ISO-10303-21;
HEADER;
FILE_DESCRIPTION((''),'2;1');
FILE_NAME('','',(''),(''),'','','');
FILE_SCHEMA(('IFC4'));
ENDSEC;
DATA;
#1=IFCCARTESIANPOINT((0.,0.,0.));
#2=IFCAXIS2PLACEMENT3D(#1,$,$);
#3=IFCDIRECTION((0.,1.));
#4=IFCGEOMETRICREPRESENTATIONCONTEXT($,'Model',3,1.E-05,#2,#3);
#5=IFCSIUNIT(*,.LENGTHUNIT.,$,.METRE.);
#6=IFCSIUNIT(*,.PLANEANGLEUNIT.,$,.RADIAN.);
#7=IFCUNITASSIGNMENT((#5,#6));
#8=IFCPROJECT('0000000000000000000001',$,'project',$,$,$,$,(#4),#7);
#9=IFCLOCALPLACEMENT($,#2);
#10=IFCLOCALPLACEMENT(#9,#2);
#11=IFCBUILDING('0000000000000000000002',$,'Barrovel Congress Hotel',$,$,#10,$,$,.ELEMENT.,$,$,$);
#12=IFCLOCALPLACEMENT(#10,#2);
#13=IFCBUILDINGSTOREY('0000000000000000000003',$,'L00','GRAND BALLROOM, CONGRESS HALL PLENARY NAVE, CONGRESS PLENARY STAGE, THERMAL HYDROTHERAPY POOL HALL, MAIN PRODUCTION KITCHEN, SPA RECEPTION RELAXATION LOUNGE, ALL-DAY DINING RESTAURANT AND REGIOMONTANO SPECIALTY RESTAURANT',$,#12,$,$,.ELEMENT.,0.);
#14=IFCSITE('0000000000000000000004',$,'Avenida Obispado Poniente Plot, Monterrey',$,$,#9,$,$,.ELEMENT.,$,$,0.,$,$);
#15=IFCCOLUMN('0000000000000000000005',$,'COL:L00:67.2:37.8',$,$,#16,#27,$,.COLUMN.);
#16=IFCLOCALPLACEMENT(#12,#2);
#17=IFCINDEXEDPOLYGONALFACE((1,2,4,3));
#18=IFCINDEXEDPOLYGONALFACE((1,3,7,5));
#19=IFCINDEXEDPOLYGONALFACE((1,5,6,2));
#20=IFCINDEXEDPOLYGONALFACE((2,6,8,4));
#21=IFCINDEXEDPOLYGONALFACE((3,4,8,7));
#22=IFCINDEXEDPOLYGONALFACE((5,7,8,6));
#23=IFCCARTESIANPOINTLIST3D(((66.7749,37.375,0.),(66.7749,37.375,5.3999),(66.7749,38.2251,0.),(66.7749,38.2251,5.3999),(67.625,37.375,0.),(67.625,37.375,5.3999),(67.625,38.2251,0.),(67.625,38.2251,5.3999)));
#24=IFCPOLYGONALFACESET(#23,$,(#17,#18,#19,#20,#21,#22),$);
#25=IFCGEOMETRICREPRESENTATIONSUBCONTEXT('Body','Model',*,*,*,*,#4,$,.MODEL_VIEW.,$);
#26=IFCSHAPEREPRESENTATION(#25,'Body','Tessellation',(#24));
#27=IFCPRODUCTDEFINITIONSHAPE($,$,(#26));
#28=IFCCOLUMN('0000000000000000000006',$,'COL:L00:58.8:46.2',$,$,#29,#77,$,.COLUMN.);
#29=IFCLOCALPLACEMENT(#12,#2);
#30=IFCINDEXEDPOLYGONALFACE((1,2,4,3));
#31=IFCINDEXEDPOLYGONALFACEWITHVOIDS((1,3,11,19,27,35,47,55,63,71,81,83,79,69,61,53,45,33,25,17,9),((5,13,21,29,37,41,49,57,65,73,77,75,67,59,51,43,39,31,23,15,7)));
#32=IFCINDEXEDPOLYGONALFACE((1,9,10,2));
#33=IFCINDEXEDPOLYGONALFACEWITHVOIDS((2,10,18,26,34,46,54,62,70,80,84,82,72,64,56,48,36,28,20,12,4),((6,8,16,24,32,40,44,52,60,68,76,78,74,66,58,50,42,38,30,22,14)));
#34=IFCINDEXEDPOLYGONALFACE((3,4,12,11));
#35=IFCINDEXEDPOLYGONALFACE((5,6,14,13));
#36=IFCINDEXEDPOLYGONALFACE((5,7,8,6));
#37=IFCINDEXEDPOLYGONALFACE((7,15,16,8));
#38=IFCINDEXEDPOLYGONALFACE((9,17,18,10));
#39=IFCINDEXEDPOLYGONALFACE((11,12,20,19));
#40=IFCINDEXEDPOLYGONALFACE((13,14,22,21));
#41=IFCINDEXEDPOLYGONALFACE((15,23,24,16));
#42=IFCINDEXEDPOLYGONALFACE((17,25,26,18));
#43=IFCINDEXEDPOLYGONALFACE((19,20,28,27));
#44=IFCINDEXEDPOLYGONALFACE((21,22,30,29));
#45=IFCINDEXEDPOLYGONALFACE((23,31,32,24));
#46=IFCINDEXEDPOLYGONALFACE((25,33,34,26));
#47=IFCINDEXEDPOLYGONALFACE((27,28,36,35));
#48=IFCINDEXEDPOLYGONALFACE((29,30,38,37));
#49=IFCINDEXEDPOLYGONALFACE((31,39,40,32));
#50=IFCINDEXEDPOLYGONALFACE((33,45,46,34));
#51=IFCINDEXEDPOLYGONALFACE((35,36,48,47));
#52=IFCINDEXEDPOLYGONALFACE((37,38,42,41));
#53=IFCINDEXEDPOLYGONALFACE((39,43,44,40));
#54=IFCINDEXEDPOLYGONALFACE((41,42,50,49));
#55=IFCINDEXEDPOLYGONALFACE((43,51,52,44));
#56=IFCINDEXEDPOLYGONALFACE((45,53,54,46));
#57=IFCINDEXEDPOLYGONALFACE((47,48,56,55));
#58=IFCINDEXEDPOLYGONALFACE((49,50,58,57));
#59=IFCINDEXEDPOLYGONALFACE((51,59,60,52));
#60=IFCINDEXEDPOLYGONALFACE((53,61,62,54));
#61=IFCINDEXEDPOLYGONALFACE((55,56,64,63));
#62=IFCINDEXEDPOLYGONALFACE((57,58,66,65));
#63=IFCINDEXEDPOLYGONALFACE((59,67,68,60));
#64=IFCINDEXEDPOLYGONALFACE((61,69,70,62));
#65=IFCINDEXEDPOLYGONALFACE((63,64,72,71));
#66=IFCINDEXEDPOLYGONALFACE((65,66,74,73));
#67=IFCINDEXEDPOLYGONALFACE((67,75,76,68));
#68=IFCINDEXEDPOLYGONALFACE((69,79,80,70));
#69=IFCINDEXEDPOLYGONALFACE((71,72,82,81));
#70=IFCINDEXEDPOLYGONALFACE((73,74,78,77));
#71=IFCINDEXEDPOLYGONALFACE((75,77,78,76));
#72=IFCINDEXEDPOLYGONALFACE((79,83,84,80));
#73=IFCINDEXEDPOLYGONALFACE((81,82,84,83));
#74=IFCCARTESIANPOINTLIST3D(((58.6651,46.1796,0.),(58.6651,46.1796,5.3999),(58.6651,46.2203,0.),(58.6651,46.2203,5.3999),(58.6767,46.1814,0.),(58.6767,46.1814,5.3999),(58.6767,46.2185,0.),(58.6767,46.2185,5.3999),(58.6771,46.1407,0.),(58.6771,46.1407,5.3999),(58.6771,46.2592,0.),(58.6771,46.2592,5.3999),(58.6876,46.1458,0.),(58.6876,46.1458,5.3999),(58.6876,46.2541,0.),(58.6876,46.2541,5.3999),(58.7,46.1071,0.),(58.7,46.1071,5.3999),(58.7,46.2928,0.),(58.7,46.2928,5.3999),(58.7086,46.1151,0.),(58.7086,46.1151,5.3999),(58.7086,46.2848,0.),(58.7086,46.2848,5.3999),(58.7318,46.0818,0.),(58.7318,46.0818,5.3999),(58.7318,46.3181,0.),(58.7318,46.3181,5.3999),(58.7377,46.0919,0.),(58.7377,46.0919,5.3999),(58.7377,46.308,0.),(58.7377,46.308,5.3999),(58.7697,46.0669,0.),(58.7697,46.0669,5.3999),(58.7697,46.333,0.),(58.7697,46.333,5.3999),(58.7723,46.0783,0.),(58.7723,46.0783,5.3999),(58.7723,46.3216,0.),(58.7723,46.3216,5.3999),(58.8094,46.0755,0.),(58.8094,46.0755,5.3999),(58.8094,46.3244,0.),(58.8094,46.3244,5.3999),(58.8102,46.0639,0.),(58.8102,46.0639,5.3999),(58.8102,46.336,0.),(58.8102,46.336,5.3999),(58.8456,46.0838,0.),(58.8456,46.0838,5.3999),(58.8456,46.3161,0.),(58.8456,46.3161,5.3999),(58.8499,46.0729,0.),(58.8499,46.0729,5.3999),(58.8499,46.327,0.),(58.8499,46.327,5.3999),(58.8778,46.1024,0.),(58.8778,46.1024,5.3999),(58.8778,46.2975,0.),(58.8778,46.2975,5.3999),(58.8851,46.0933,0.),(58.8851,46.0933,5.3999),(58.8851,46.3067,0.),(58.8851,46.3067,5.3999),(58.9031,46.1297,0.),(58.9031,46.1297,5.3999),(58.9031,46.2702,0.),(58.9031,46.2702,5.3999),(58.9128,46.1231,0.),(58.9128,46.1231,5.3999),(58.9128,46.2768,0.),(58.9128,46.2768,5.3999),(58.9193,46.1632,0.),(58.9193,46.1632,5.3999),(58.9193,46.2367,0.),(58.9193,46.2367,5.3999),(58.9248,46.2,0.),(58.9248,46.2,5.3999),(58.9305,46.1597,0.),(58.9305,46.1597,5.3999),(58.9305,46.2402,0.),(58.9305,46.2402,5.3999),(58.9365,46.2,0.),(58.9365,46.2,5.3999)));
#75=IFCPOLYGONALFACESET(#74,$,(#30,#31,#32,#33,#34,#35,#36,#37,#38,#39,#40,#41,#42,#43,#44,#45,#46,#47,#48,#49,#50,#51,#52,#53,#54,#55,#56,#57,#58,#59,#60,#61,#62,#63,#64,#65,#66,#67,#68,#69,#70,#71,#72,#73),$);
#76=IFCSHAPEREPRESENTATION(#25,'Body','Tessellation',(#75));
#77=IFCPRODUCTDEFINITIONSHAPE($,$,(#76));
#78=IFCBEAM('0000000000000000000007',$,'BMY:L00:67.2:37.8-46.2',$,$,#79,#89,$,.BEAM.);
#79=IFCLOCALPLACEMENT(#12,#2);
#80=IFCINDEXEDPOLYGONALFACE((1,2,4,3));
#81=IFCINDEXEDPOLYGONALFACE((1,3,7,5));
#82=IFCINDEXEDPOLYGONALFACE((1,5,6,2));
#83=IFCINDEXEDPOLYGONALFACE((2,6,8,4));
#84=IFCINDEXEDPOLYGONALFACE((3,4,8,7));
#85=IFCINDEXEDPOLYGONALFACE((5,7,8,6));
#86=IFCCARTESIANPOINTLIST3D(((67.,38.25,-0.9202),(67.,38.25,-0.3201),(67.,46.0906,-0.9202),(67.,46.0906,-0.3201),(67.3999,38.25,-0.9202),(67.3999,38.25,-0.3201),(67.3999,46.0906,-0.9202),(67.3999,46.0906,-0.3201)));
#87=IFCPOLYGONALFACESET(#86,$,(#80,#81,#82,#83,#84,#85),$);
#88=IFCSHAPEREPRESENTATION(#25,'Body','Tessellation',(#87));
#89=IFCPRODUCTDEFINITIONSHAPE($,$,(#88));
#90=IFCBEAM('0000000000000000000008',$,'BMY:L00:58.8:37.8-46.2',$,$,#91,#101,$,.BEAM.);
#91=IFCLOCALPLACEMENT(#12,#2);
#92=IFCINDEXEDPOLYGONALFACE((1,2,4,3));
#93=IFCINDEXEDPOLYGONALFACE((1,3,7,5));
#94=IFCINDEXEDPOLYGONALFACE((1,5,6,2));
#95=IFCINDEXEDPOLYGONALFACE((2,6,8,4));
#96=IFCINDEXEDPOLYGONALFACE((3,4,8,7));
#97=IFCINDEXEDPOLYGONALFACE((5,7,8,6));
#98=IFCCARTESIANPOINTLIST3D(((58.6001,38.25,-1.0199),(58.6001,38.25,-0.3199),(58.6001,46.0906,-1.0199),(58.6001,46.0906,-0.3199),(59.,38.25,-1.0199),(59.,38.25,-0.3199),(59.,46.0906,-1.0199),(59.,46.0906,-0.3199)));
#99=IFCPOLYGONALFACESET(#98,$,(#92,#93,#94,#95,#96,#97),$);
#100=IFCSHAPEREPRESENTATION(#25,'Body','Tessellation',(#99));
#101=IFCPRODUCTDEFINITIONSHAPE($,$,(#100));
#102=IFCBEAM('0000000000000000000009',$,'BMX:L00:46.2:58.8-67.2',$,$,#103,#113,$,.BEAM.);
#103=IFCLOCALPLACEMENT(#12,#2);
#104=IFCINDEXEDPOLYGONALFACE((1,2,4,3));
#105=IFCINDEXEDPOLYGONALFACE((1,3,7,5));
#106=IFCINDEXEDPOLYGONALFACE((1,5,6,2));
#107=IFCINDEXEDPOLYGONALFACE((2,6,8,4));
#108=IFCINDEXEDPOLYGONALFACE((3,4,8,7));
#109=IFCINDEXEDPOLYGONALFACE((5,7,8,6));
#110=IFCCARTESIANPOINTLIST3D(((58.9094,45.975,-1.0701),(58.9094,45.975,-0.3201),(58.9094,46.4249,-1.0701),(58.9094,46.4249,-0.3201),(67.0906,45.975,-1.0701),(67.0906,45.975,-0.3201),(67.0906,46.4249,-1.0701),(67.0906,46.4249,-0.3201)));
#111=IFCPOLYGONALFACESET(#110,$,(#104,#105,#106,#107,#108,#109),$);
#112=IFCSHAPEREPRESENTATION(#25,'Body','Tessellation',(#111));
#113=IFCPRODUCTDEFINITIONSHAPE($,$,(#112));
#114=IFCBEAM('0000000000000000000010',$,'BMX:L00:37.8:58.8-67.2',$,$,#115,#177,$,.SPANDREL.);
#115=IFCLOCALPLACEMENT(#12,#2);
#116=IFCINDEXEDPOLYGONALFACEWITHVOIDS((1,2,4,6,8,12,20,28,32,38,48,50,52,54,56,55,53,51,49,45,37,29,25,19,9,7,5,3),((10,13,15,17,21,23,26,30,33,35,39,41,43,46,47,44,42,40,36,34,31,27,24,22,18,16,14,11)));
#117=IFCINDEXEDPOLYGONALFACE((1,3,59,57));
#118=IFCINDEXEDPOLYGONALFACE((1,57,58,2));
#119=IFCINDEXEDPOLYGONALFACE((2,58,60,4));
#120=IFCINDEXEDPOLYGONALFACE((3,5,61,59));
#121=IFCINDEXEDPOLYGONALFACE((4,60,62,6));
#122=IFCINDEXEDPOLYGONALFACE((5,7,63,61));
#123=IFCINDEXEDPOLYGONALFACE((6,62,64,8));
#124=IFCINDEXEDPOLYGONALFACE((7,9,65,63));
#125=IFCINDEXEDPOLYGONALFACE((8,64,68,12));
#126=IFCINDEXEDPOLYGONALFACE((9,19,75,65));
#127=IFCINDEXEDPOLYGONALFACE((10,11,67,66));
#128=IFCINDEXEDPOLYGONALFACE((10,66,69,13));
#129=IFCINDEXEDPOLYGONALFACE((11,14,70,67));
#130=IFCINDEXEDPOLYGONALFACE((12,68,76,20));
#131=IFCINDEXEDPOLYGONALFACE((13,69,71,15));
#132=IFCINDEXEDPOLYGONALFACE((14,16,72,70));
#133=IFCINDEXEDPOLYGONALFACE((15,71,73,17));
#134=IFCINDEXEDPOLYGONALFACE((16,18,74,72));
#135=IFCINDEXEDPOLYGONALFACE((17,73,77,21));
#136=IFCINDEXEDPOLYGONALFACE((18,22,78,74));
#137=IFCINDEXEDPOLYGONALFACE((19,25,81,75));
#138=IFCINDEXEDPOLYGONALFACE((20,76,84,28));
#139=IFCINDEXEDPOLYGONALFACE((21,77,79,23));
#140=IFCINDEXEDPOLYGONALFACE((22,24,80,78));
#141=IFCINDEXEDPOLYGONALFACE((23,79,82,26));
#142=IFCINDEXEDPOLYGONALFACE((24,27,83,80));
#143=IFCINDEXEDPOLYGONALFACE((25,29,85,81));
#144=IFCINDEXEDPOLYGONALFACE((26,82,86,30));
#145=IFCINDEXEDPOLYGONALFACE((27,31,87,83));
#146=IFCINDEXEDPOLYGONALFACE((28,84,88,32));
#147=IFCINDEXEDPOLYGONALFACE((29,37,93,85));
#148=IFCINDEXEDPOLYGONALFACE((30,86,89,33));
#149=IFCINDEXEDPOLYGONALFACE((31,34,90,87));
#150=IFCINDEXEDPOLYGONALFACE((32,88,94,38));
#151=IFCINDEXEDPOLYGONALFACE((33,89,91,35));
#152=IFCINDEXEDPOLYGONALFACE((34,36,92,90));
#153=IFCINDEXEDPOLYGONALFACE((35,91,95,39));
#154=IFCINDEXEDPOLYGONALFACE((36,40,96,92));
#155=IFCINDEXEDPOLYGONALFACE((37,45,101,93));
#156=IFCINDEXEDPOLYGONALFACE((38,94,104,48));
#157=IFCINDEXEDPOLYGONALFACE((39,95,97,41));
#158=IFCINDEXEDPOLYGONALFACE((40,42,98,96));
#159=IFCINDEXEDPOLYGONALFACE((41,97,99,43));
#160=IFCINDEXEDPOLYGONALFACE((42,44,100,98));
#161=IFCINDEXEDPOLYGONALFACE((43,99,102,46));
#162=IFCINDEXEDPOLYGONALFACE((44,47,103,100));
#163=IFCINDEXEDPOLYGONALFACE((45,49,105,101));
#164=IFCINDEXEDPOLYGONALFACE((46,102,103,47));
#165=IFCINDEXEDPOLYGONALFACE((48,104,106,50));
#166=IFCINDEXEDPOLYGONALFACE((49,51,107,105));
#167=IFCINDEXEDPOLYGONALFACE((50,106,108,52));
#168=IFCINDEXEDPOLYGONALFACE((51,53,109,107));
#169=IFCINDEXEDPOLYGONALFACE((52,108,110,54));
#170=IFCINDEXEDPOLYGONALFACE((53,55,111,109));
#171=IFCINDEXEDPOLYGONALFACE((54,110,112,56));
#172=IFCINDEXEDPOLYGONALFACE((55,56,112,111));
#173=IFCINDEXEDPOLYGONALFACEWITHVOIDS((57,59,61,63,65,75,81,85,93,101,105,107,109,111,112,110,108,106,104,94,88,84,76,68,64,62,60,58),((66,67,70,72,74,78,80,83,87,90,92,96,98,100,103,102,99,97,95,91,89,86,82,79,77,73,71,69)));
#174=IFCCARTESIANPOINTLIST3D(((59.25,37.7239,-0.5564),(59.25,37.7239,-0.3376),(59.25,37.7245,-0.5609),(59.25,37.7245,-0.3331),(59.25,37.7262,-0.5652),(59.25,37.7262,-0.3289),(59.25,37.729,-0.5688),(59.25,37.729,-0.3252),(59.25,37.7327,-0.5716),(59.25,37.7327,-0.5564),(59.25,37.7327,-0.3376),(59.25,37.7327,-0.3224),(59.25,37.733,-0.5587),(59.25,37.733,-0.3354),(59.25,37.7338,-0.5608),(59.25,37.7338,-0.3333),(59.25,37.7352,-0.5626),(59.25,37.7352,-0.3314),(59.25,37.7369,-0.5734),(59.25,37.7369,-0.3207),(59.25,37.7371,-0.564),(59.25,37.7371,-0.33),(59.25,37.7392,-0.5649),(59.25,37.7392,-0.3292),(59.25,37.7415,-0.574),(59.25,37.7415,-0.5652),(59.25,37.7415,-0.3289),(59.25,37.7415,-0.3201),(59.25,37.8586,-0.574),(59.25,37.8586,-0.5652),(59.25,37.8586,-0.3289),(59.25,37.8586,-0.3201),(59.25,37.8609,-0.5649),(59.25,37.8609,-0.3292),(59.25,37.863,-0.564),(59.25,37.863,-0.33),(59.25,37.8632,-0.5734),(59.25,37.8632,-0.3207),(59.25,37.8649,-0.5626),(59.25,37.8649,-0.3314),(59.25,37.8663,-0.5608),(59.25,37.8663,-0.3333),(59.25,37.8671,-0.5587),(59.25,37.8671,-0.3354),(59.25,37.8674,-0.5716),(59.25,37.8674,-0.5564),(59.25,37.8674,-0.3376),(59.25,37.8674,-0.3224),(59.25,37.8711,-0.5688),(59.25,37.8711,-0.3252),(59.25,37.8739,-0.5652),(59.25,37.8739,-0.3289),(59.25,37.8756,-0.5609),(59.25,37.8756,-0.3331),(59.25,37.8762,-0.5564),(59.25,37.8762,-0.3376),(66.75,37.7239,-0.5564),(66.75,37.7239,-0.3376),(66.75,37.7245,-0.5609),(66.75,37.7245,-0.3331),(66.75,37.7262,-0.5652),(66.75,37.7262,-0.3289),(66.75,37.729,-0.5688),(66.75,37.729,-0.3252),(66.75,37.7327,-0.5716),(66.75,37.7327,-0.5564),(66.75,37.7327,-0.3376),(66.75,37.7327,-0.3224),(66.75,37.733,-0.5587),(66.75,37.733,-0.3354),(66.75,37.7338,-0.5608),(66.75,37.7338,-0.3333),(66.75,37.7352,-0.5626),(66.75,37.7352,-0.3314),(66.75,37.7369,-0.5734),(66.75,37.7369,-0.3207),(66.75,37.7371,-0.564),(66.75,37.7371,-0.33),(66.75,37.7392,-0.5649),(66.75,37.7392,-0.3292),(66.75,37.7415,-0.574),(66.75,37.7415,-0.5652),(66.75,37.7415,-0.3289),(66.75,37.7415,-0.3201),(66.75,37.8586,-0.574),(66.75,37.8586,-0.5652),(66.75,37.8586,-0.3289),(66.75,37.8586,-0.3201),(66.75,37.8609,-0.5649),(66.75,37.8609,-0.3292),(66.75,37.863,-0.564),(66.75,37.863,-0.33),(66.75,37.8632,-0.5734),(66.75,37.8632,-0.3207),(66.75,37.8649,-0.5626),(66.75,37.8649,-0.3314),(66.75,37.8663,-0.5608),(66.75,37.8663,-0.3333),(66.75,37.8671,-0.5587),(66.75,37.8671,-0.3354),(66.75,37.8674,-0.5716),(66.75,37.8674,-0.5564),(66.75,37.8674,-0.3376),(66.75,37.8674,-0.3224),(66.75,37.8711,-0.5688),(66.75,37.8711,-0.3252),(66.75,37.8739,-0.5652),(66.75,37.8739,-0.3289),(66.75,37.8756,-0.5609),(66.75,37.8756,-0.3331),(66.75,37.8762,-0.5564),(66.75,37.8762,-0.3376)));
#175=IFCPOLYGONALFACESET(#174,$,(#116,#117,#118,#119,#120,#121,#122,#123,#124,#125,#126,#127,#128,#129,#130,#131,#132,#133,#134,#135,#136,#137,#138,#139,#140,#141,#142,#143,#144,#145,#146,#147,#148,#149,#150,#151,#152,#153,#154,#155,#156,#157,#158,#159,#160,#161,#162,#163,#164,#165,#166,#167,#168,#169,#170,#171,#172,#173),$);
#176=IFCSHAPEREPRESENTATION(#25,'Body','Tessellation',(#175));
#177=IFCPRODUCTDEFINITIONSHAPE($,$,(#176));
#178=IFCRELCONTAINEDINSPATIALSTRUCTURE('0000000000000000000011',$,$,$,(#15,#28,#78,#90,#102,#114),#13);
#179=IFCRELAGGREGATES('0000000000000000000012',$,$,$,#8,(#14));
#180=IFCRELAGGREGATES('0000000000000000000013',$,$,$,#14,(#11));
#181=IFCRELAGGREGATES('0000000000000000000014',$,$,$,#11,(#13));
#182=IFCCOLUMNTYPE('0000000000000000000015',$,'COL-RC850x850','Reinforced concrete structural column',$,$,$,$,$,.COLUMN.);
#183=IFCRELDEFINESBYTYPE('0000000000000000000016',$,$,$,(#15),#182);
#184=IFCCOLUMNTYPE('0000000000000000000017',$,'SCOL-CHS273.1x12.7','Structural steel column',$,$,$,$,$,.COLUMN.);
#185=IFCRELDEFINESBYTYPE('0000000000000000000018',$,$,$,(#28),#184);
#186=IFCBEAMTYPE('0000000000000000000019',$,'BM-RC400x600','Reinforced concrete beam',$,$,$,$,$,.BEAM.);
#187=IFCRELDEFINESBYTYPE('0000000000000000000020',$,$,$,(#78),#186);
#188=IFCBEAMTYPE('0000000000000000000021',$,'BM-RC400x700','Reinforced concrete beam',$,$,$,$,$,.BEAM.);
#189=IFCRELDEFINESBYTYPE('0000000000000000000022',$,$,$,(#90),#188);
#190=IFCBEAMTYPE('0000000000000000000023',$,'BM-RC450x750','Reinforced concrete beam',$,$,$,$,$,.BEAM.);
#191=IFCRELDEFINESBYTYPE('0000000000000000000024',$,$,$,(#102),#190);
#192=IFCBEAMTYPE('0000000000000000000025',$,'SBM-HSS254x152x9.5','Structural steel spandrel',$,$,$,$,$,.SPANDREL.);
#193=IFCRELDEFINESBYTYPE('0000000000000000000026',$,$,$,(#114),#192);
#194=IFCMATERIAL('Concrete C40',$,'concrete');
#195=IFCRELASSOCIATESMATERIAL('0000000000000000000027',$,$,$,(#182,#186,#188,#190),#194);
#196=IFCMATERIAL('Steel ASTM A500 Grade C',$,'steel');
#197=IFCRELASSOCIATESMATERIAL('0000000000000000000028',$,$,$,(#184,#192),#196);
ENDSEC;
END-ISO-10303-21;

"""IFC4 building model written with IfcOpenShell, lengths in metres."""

from ifc_helpers import new_model, si_unit, direction, frame, origin, origin_2d, place, context, subcontext, project, spatial, rectangle, hollow_rectangle, hollow_circle, extrude, material, material_profile, profile_set, type_object, element, save


model = new_model("IFC4")

# Units and contexts
model_context = context("Model", 3, precision=1e-05, world=origin(), true_north=direction((0.0, 1.0)))
body_context = subcontext(model_context, "Body", "Model", "MODEL_VIEW")
ifc_project = project(units=[si_unit("LENGTHUNIT", "METRE"), si_unit("PLANEANGLEUNIT", "RADIAN")], contexts=[model_context])

# Site, building, storey
site_placement = place(None, origin())
site = spatial("IfcSite", under=ifc_project, at=site_placement, Name="Avenida Obispado Poniente Plot, Monterrey", CompositionType="ELEMENT", RefElevation=0.0)
building_placement = place(site_placement, origin())
building = spatial("IfcBuilding", under=site, at=building_placement, Name="Barrovel Congress Hotel", CompositionType="ELEMENT")
storey_placement = place(building_placement, origin())
storey = spatial("IfcBuildingStorey", under=building, at=storey_placement, Name="L00", Description="GRAND BALLROOM, CONGRESS HALL PLENARY NAVE, CONGRESS PLENARY STAGE, THERMAL HYDROTHERAPY POOL HALL, MAIN PRODUCTION KITCHEN, SPA RECEPTION RELAXATION LOUNGE, ALL-DAY DINING RESTAURANT AND REGIOMONTANO SPECIALTY RESTAURANT", CompositionType="ELEMENT", Elevation=0.0)

# Shared definitions
ifc_material_1 = material(Name="Concrete C40", Category="concrete")

# Columns
ifc_material_profile_1 = material_profile(ifc_material_1, rectangle(XDim=0.8501, YDim=0.8501, at=origin_2d()), Name="RC850x850")
ifc_profile_set_1 = profile_set([ifc_material_profile_1], Name="Concrete C40")
column_type_1 = type_object("IfcColumnType", Name="COL-RC850x850", Description="Reinforced concrete structural column", PredefinedType="COLUMN", material=ifc_profile_set_1)
column_1_placement = place(storey_placement, frame((67.2, 37.8, 0.0), z_axis=(0.0, 0.0, 1.0), x_axis=(1.0, 0.0, 0.0)))
element("IfcColumn", 1, at=column_1_placement, inside=storey, type_object=column_type_1, Name="COL:L00:67.2:37.8", PredefinedType="COLUMN", context=body_context, shape_type="SweptSolid", body=[
    extrude(rectangle(XDim=0.8501, YDim=0.8501, at=origin_2d()), origin(), (0.0, 0.0, 1.0), 5.3999),
])
ifc_material_2 = material(Name="Steel ASTM A500 Grade C", Category="steel")
ifc_material_profile_2 = material_profile(ifc_material_2, hollow_circle(Radius=0.1365, WallThickness=0.0117, at=origin_2d()), Name="CHS273.1x12.7")
ifc_profile_set_2 = profile_set([ifc_material_profile_2], Name="Steel ASTM A500 Grade C")
column_type_2 = type_object("IfcColumnType", Name="SCOL-CHS273.1x12.7", Description="Structural steel column", PredefinedType="COLUMN", material=ifc_profile_set_2)
column_2_placement = place(storey_placement, frame((58.8, 46.2, 0.0), z_axis=(0.0, 0.0, 1.0), x_axis=(1.0, 0.0, 0.0)))
element("IfcColumn", 2, at=column_2_placement, inside=storey, type_object=column_type_2, Name="COL:L00:58.8:46.2", PredefinedType="COLUMN", context=body_context, shape_type="SweptSolid", body=[
    extrude(hollow_circle(Radius=0.1365, WallThickness=0.0117, at=origin_2d()), origin(), (0.0, 0.0, 1.0), 5.3999),
])

# Beams
ifc_material_profile_3 = material_profile(ifc_material_1, rectangle(XDim=0.3999, YDim=0.6001, at=origin_2d()), Name="RC400x600")
ifc_profile_set_3 = profile_set([ifc_material_profile_3], Name="Concrete C40")
beam_type_1 = type_object("IfcBeamType", Name="BM-RC400x600", Description="Reinforced concrete beam", PredefinedType="BEAM", material=ifc_profile_set_3)
beam_1_placement = place(storey_placement, frame((67.2, 38.25, -0.6201), z_axis=(0.0, 1.0, 0.0), x_axis=(-1.0, 0.0, 0.0)))
element("IfcBeam", 3, at=beam_1_placement, inside=storey, type_object=beam_type_1, Name="BMY:L00:67.2:37.8-46.2", PredefinedType="BEAM", context=body_context, shape_type="SweptSolid", body=[
    extrude(rectangle(XDim=0.3999, YDim=0.6001, at=origin_2d()), origin(), (0.0, 0.0, 1.0), 7.8406),
])
ifc_material_profile_4 = material_profile(ifc_material_1, rectangle(XDim=0.3999, YDim=0.7, at=origin_2d()), Name="RC400x700")
ifc_profile_set_4 = profile_set([ifc_material_profile_4], Name="Concrete C40")
beam_type_2 = type_object("IfcBeamType", Name="BM-RC400x700", Description="Reinforced concrete beam", PredefinedType="BEAM", material=ifc_profile_set_4)
beam_2_placement = place(storey_placement, frame((58.8, 38.25, -0.6699), z_axis=(0.0, 1.0, 0.0), x_axis=(-1.0, 0.0, 0.0)))
element("IfcBeam", 4, at=beam_2_placement, inside=storey, type_object=beam_type_2, Name="BMY:L00:58.8:37.8-46.2", PredefinedType="BEAM", context=body_context, shape_type="SweptSolid", body=[
    extrude(rectangle(XDim=0.3999, YDim=0.7, at=origin_2d()), origin(), (0.0, 0.0, 1.0), 7.8406),
])
ifc_material_profile_5 = material_profile(ifc_material_1, rectangle(XDim=0.45, YDim=0.75, at=origin_2d()), Name="RC450x750")
ifc_profile_set_5 = profile_set([ifc_material_profile_5], Name="Concrete C40")
beam_type_3 = type_object("IfcBeamType", Name="BM-RC450x750", Description="Reinforced concrete beam", PredefinedType="BEAM", material=ifc_profile_set_5)
beam_3_placement = place(storey_placement, frame((58.9094, 46.2, -0.6951), z_axis=(1.0, 0.0, 0.0), x_axis=(0.0, 1.0, 0.0)))
element("IfcBeam", 5, at=beam_3_placement, inside=storey, type_object=beam_type_3, Name="BMX:L00:46.2:58.8-67.2", PredefinedType="BEAM", context=body_context, shape_type="SweptSolid", body=[
    extrude(rectangle(XDim=0.45, YDim=0.75, at=origin_2d()), origin(), (0.0, 0.0, 1.0), 8.1812),
])
ifc_material_profile_6 = material_profile(ifc_material_2, hollow_rectangle(XDim=0.1523, YDim=0.2539, WallThickness=0.0088, InnerFilletRadius=0.0088, OuterFilletRadius=0.0176, at=origin_2d()), Name="HSS254x152x9.5")
ifc_profile_set_6 = profile_set([ifc_material_profile_6], Name="Steel ASTM A500 Grade C")
beam_type_4 = type_object("IfcBeamType", Name="SBM-HSS254x152x9.5", Description="Structural steel spandrel", PredefinedType="SPANDREL", material=ifc_profile_set_6)
beam_4_placement = place(storey_placement, frame((59.25, 37.8, -0.447), z_axis=(1.0, 0.0, 0.0), x_axis=(0.0, 1.0, 0.0)))
element("IfcBeam", 6, at=beam_4_placement, inside=storey, type_object=beam_type_4, Name="BMX:L00:37.8:58.8-67.2", PredefinedType="SPANDREL", context=body_context, shape_type="SweptSolid", body=[
    extrude(hollow_rectangle(XDim=0.1523, YDim=0.2539, WallThickness=0.0088, InnerFilletRadius=0.0088, OuterFilletRadius=0.0176, at=origin_2d()), origin(), (0.0, 0.0, 1.0), 7.5),
])

save(model, "model.ifc")
